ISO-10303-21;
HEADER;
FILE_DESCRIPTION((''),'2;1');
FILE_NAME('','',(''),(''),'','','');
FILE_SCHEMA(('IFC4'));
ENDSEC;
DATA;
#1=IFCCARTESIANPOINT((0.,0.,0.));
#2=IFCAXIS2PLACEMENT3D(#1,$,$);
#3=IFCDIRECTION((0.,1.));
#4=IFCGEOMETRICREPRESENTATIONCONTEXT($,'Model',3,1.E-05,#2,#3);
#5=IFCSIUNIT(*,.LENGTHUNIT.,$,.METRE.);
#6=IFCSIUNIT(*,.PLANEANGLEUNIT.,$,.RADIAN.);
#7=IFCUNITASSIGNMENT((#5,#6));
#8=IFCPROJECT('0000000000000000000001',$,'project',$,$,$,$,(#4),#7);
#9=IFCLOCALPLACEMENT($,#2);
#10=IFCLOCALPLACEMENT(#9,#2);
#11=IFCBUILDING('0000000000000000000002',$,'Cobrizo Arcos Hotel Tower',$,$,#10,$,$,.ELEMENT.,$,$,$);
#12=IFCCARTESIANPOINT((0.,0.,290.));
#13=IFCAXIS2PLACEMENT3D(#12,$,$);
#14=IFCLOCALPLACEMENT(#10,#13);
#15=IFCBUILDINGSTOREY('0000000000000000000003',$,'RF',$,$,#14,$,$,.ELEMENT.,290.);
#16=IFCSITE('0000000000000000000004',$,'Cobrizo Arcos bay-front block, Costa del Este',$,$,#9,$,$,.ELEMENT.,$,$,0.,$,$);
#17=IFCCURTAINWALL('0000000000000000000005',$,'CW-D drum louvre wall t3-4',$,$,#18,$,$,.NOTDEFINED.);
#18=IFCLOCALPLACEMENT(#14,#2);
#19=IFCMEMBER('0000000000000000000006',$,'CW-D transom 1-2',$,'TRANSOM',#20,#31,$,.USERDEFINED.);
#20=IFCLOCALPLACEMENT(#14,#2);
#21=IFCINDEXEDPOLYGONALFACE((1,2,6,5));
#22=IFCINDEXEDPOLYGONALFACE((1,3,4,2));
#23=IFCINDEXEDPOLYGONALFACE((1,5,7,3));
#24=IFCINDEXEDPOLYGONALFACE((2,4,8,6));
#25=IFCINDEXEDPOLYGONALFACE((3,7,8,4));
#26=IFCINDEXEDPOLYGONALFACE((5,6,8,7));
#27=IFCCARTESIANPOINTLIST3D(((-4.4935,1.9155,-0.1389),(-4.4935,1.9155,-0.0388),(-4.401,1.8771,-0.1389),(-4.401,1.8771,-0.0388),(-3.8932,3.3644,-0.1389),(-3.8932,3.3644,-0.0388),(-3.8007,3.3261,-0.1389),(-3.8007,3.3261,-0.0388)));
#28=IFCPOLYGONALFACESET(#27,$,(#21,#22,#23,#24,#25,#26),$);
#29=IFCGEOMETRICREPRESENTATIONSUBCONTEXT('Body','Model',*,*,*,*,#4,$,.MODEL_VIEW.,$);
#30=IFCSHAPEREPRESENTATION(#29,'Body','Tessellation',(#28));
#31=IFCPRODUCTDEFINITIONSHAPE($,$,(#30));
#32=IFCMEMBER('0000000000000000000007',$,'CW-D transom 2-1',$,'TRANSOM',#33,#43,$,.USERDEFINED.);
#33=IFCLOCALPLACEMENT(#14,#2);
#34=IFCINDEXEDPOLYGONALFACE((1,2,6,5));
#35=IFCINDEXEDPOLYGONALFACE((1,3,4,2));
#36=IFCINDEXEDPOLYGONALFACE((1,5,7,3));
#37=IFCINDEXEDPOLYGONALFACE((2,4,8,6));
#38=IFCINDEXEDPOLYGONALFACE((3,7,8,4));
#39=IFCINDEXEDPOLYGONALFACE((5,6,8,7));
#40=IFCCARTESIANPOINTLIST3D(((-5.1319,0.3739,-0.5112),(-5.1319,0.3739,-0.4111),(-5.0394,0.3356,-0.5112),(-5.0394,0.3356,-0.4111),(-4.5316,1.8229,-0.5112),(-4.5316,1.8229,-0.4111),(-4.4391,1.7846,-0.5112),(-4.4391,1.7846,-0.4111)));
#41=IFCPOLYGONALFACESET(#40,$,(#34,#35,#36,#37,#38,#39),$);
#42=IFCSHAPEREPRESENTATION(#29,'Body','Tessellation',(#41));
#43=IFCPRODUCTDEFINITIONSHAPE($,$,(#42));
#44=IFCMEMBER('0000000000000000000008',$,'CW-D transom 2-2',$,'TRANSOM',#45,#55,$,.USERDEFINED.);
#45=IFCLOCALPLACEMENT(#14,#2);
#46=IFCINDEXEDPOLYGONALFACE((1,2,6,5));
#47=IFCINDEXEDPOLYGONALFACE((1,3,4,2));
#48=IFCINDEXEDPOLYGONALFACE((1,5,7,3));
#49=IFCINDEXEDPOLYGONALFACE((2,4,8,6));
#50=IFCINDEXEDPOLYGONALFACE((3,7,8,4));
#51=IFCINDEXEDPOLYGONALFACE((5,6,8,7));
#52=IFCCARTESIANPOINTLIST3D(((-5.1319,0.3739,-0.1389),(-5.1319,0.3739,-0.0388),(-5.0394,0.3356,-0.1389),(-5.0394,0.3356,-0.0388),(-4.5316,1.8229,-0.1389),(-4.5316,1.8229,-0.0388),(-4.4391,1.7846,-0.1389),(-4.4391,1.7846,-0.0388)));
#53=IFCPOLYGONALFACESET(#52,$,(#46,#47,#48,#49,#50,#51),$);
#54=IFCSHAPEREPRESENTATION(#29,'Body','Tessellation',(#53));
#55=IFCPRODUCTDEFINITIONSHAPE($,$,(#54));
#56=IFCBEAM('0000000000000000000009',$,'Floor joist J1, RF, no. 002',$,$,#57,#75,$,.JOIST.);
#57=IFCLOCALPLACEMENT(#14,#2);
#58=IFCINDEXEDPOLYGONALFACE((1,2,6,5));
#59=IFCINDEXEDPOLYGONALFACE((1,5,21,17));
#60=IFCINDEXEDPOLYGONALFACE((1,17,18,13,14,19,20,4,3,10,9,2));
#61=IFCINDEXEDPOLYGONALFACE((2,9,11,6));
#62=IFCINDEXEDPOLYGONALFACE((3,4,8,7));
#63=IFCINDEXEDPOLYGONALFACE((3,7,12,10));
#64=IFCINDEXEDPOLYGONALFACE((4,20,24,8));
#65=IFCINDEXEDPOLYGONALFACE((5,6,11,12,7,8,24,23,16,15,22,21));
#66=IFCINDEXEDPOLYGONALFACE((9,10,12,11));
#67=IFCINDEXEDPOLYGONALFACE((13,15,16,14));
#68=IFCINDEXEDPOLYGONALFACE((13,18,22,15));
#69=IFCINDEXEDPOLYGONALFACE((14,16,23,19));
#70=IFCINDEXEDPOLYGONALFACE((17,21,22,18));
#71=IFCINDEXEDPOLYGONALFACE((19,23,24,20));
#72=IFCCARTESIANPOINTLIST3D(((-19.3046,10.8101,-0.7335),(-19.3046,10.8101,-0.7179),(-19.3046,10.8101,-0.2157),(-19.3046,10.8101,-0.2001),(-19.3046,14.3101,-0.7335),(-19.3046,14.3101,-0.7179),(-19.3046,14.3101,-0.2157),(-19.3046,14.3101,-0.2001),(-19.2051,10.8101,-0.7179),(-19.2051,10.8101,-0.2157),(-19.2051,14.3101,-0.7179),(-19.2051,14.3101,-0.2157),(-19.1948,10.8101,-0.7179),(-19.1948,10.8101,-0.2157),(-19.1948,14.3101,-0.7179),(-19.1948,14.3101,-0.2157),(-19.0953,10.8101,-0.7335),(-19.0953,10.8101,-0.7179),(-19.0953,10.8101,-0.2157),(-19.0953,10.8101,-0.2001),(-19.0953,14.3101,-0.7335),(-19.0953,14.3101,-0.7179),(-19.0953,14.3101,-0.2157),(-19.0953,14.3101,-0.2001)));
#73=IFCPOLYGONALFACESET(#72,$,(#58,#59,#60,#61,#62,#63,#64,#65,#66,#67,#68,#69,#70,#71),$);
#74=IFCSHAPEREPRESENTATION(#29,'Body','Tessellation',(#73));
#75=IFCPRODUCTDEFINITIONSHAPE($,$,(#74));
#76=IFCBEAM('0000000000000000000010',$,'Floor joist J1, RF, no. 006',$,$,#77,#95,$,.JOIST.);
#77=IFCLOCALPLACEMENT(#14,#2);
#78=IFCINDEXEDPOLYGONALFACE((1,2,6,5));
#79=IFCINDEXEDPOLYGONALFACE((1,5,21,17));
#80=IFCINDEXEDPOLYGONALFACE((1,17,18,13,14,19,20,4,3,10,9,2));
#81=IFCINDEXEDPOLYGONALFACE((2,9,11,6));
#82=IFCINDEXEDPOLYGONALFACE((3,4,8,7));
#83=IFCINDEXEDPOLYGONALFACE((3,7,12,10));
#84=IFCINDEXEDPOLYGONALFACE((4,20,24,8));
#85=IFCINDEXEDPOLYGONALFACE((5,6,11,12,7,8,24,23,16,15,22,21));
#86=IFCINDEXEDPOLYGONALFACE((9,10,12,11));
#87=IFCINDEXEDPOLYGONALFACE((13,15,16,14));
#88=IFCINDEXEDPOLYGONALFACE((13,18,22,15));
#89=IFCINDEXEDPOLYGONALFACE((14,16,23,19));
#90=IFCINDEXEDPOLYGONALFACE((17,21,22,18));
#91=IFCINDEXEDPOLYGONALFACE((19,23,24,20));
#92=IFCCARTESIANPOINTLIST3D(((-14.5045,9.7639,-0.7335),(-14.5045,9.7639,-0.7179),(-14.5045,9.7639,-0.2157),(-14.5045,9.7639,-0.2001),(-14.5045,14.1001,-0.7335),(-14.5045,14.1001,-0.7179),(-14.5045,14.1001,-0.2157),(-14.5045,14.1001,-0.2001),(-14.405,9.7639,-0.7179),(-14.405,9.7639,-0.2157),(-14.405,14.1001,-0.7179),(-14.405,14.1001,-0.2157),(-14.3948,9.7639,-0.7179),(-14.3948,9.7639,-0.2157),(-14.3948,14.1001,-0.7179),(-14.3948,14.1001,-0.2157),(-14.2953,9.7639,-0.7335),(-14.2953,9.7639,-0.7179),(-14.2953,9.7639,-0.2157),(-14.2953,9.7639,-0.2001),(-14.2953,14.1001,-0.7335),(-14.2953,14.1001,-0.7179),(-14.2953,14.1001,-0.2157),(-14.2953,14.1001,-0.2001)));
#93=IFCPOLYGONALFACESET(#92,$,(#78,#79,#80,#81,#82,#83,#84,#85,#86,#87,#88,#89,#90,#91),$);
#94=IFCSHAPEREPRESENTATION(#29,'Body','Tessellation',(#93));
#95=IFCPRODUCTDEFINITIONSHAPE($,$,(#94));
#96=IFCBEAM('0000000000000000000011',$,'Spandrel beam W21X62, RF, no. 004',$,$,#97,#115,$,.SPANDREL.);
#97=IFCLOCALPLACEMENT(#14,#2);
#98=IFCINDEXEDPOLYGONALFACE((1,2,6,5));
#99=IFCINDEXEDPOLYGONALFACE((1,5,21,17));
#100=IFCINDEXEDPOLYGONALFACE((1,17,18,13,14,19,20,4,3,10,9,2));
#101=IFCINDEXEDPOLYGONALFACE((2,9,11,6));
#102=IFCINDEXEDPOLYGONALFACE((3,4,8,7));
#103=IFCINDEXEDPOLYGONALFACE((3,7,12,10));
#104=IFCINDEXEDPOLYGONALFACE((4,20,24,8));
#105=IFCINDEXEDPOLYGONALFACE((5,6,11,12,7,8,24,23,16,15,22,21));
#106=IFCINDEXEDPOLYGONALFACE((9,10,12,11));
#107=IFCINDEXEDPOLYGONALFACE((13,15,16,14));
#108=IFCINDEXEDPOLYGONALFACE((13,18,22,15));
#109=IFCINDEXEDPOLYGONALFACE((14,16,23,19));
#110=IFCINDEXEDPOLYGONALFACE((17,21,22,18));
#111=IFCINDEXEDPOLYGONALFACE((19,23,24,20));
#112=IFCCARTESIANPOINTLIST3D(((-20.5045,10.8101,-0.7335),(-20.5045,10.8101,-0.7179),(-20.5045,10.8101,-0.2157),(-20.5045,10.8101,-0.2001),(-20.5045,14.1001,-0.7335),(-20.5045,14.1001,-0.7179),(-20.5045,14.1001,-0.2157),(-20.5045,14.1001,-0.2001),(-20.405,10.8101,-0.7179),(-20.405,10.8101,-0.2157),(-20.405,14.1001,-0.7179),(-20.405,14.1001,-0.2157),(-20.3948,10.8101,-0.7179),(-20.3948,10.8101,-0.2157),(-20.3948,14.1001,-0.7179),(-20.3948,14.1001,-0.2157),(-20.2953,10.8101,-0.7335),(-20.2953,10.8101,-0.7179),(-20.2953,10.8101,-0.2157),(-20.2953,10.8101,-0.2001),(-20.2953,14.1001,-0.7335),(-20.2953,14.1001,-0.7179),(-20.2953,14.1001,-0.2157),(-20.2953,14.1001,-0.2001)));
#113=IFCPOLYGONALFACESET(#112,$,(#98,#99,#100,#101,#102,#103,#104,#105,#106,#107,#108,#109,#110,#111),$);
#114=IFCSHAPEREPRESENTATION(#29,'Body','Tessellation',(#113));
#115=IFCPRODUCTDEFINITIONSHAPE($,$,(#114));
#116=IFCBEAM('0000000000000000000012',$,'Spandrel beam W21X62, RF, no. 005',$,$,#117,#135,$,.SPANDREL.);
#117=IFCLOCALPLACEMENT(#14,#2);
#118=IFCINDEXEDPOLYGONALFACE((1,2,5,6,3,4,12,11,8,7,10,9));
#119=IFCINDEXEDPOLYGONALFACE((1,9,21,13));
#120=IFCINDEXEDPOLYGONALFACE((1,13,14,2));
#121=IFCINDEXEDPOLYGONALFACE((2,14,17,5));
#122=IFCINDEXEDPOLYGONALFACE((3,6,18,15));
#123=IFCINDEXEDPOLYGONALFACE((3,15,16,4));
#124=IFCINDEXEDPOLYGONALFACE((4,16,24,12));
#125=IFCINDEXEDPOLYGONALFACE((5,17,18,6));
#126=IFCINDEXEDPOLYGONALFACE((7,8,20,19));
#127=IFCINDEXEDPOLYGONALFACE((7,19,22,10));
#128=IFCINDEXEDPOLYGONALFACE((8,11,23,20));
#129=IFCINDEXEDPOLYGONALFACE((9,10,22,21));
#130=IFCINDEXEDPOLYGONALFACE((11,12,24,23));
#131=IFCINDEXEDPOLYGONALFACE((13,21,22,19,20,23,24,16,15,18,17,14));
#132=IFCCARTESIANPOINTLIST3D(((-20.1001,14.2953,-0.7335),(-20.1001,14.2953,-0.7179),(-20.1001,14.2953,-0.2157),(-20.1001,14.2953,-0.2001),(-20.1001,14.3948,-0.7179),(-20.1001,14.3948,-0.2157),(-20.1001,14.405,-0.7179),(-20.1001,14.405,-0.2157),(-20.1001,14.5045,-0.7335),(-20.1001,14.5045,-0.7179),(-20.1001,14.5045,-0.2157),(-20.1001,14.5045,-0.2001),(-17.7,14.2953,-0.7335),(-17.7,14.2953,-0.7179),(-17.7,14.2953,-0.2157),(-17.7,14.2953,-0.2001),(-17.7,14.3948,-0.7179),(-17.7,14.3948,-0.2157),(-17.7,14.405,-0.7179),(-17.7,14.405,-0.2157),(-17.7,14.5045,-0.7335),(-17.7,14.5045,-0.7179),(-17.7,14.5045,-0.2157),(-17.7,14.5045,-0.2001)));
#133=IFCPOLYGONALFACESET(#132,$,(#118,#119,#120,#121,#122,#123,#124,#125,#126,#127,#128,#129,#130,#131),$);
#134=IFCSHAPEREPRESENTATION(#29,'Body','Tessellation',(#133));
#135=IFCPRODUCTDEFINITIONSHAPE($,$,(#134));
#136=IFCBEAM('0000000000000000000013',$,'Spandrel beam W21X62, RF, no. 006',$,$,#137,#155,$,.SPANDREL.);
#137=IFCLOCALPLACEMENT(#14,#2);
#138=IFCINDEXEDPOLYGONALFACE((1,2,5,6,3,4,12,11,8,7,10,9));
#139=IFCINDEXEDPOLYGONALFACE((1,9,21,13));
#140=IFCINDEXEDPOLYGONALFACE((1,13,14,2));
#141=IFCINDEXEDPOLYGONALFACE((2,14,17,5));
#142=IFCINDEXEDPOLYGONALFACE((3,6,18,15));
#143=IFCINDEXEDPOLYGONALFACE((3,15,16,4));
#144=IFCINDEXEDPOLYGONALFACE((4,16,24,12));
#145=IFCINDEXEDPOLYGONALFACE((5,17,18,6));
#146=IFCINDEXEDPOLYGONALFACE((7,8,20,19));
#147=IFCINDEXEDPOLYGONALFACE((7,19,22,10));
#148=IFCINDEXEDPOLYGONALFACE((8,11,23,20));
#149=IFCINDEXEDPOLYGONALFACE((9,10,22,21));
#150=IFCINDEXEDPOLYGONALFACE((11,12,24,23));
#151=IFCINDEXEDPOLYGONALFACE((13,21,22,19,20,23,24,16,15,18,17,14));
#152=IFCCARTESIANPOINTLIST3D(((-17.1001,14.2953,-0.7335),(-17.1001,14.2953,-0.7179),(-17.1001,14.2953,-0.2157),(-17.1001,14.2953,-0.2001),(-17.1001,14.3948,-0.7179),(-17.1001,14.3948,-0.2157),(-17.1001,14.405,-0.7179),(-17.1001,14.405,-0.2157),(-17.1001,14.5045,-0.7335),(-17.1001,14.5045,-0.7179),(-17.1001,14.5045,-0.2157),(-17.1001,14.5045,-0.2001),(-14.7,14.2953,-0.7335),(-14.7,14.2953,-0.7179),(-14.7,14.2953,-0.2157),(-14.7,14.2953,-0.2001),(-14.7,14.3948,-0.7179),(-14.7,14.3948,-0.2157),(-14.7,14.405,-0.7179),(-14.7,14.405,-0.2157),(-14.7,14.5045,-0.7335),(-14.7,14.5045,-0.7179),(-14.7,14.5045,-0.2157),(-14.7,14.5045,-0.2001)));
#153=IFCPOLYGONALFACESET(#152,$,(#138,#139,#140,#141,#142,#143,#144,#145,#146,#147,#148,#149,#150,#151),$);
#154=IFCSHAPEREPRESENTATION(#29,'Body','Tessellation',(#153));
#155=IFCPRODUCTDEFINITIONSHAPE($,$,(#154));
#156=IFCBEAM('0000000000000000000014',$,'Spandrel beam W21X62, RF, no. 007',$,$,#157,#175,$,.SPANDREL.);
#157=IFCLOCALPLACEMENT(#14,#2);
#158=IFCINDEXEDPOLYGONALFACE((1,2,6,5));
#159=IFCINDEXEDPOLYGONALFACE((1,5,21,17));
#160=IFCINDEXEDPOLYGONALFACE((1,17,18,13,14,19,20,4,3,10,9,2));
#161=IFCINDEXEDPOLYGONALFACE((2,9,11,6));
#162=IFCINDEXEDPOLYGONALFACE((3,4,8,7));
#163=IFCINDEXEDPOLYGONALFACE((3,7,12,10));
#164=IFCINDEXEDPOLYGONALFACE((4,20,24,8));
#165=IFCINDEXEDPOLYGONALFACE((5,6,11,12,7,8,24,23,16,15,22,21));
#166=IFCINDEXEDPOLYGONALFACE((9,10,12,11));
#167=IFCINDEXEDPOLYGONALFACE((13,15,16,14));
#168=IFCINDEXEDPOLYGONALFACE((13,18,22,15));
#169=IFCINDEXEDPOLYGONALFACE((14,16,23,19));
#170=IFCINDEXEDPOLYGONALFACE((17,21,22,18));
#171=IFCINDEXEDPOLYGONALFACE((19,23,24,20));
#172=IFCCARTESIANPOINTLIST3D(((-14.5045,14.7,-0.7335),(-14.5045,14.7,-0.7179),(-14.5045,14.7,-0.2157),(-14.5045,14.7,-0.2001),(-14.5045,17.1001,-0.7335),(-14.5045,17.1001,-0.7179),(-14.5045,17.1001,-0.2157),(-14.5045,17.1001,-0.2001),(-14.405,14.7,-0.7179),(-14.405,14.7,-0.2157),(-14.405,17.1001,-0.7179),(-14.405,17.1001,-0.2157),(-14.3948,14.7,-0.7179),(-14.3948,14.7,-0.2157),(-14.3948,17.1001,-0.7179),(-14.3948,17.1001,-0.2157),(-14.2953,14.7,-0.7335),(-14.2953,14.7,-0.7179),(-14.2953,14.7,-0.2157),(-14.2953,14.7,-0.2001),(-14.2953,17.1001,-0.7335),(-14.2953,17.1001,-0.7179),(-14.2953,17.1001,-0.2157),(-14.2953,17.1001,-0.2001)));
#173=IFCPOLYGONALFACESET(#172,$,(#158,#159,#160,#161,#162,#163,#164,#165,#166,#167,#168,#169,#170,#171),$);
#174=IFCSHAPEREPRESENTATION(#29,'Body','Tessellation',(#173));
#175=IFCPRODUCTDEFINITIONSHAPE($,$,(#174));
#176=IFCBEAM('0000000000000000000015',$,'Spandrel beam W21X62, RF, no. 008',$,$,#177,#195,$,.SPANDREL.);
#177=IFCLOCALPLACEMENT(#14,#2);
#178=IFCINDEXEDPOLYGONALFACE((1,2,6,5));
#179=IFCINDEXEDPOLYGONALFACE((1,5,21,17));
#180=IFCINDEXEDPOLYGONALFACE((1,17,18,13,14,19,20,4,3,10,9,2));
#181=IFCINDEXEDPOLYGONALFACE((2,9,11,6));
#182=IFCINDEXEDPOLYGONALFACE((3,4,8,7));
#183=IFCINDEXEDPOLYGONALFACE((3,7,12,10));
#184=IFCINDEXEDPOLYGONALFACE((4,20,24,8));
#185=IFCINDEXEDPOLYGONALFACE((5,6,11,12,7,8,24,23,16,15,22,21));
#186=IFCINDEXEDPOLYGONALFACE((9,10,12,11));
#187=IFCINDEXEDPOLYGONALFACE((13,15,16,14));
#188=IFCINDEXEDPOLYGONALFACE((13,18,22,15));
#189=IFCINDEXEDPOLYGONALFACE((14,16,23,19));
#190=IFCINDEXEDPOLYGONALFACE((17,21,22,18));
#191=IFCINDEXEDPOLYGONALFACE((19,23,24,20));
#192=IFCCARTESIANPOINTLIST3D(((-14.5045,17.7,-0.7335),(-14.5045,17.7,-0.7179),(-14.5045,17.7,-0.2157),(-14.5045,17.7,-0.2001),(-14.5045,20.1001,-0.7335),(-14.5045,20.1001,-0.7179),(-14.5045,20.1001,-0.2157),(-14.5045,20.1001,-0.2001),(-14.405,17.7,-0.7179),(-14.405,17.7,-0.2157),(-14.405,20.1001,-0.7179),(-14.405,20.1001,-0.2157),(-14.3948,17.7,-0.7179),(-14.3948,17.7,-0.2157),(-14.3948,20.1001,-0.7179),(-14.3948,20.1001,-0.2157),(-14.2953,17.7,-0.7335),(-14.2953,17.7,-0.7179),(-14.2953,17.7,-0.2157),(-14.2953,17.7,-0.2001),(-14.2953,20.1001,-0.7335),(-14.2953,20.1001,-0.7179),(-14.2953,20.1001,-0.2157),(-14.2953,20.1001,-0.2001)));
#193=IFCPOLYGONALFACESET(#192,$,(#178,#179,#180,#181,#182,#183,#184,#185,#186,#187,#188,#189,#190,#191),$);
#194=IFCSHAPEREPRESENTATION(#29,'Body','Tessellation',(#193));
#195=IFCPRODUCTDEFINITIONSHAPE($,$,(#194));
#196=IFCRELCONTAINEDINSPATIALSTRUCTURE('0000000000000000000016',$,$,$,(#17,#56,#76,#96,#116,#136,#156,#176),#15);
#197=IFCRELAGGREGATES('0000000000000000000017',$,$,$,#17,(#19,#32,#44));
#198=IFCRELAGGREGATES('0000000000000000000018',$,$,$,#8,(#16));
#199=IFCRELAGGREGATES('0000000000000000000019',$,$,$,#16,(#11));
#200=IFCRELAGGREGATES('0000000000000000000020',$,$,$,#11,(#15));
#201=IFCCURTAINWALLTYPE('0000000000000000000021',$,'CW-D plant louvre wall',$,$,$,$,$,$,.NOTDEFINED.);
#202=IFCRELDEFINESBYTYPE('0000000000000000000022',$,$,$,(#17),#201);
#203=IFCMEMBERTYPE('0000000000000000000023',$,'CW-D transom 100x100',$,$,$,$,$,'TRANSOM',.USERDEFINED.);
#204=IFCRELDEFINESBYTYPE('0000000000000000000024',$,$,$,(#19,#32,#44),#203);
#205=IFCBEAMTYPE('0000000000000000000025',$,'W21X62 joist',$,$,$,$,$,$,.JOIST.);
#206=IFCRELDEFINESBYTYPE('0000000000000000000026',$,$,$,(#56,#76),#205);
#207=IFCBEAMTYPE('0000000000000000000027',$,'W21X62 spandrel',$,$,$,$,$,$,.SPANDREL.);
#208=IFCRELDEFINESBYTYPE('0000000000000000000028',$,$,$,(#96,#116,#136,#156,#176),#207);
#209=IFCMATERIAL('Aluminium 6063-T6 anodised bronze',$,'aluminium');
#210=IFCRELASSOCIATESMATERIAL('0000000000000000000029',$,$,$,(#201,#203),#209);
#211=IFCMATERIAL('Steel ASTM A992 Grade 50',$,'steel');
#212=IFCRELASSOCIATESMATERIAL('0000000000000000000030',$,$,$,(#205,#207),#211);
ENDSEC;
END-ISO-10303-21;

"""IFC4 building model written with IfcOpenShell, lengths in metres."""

from ifc_helpers import new_model, si_unit, direction, frame, origin, origin_2d, place, context, subcontext, project, spatial, rectangle, i_section, extrude, material, material_profile, profile_set, type_object, element, aggregate, save


model = new_model("IFC4")

# Units and contexts
model_context = context("Model", 3, precision=1e-05, world=origin(), true_north=direction((0.0, 1.0)))
body_context = subcontext(model_context, "Body", "Model", "MODEL_VIEW")
ifc_project = project(units=[si_unit("LENGTHUNIT", "METRE"), si_unit("PLANEANGLEUNIT", "RADIAN")], contexts=[model_context])

# Site, building, storey
site_placement = place(None, origin())
site = spatial("IfcSite", under=ifc_project, at=site_placement, Name="Cobrizo Arcos bay-front block, Costa del Este", CompositionType="ELEMENT", RefElevation=0.0)
building_placement = place(site_placement, origin())
building = spatial("IfcBuilding", under=site, at=building_placement, Name="Cobrizo Arcos Hotel Tower", CompositionType="ELEMENT")
storey_placement = place(building_placement, frame((0.0, 0.0, 290.0)))
storey = spatial("IfcBuildingStorey", under=building, at=storey_placement, Name="RF", CompositionType="ELEMENT", Elevation=290.0)

# Curtain wall, members
ifc_material_1 = material(Name="Aluminium 6063-T6 anodised bronze", Category="aluminium")
curtain_wall_type = type_object("IfcCurtainWallType", Name="CW-D plant louvre wall", PredefinedType="NOTDEFINED", material=ifc_material_1)
ifc_material_profile_1 = material_profile(ifc_material_1, rectangle(XDim=0.1001, YDim=0.1001, at=origin_2d()), Name="CW-D transom 100x100")
ifc_profile_set_1 = profile_set([ifc_material_profile_1], Name="Aluminium 6063-T6 anodised bronze")
member_type = type_object("IfcMemberType", Name="CW-D transom 100x100", ElementType="TRANSOM", PredefinedType="USERDEFINED", material=ifc_profile_set_1)
curtain_wall_1_placement = place(storey_placement, origin())
curtain_wall_1 = element("IfcCurtainWall", 1, at=curtain_wall_1_placement, inside=storey, type_object=curtain_wall_type, Name="CW-D drum louvre wall t3-4", PredefinedType="NOTDEFINED")
member_1_placement = place(storey_placement, frame((-3.8469, 3.3452, -0.0889), z_axis=(-0.382769, -0.923844, 0.0), x_axis=(0.923844, -0.382769, 0.0)))
member_1 = element("IfcMember", 2, at=member_1_placement, type_object=member_type, Name="CW-D transom 1-2", ObjectType="TRANSOM", PredefinedType="USERDEFINED", context=body_context, shape_type="SweptSolid", body=[
    extrude(rectangle(XDim=0.1001, YDim=0.1001, at=origin_2d()), origin(), (0.0, 0.0, 1.0), 1.5684),
])
member_2_placement = place(storey_placement, frame((-4.4854, 1.8037, -0.4612), z_axis=(-0.382769, -0.923844, 0.0), x_axis=(0.923844, -0.382769, 0.0)))
member_2 = element("IfcMember", 3, at=member_2_placement, type_object=member_type, Name="CW-D transom 2-1", ObjectType="TRANSOM", PredefinedType="USERDEFINED", context=body_context, shape_type="SweptSolid", body=[
    extrude(rectangle(XDim=0.1001, YDim=0.1001, at=origin_2d()), origin(), (0.0, 0.0, 1.0), 1.5684),
])
member_3_placement = place(storey_placement, frame((-4.4854, 1.8037, -0.0889), z_axis=(-0.382769, -0.923844, 0.0), x_axis=(0.923844, -0.382769, 0.0)))
member_3 = element("IfcMember", 4, at=member_3_placement, type_object=member_type, Name="CW-D transom 2-2", ObjectType="TRANSOM", PredefinedType="USERDEFINED", context=body_context, shape_type="SweptSolid", body=[
    extrude(rectangle(XDim=0.1001, YDim=0.1001, at=origin_2d()), origin(), (0.0, 0.0, 1.0), 1.5684),
])

# Beams
ifc_material_2 = material(Name="Steel ASTM A992 Grade 50", Category="steel")
ifc_material_profile_2 = material_profile(ifc_material_2, i_section(OverallWidth=0.2092, OverallDepth=0.5334, WebThickness=0.0103, FlangeThickness=0.0156, at=origin_2d()), Name="W21X62")
ifc_profile_set_2 = profile_set([ifc_material_profile_2], Name="Steel ASTM A992 Grade 50")
beam_type_1 = type_object("IfcBeamType", Name="W21X62 joist", PredefinedType="JOIST", material=ifc_profile_set_2)
beam_1_placement = place(storey_placement, frame((-19.2, 10.8101, -0.4668), z_axis=(0.0, 1.0, 0.0), x_axis=(-1.0, 0.0, 0.0)))
element("IfcBeam", 5, at=beam_1_placement, inside=storey, type_object=beam_type_1, Name="Floor joist J1, RF, no. 002", PredefinedType="JOIST", context=body_context, shape_type="SweptSolid", body=[
    extrude(i_section(OverallWidth=0.2092, OverallDepth=0.5334, WebThickness=0.0103, FlangeThickness=0.0156, at=origin_2d()), origin(), (0.0, 0.0, 1.0), 3.5),
])
beam_2_placement = place(storey_placement, frame((-14.3999, 9.7639, -0.4668), z_axis=(0.0, 1.0, 0.0), x_axis=(-1.0, 0.0, 0.0)))
element("IfcBeam", 6, at=beam_2_placement, inside=storey, type_object=beam_type_1, Name="Floor joist J1, RF, no. 006", PredefinedType="JOIST", context=body_context, shape_type="SweptSolid", body=[
    extrude(i_section(OverallWidth=0.2092, OverallDepth=0.5334, WebThickness=0.0103, FlangeThickness=0.0156, at=origin_2d()), origin(), (0.0, 0.0, 1.0), 4.3362),
])
ifc_material_profile_3 = material_profile(ifc_material_2, i_section(OverallWidth=0.2092, OverallDepth=0.5334, WebThickness=0.0103, FlangeThickness=0.0156, at=origin_2d()), Name="W21X62")
ifc_profile_set_3 = profile_set([ifc_material_profile_3], Name="Steel ASTM A992 Grade 50")
beam_type_2 = type_object("IfcBeamType", Name="W21X62 spandrel", PredefinedType="SPANDREL", material=ifc_profile_set_3)
beam_3_placement = place(storey_placement, frame((-20.3999, 10.8101, -0.4668), z_axis=(0.0, 1.0, 0.0), x_axis=(-1.0, 0.0, 0.0)))
element("IfcBeam", 7, at=beam_3_placement, inside=storey, type_object=beam_type_2, Name="Spandrel beam W21X62, RF, no. 004", PredefinedType="SPANDREL", context=body_context, shape_type="SweptSolid", body=[
    extrude(i_section(OverallWidth=0.2092, OverallDepth=0.5334, WebThickness=0.0103, FlangeThickness=0.0156, at=origin_2d()), origin(), (0.0, 0.0, 1.0), 3.29),
])
for number, where, z_axis, x_axis, name in (
    (8, (-20.1001, 14.3999, -0.4668), (1.0, 0.0, 0.0), (0.0, 1.0, 0.0), "Spandrel beam W21X62, RF, no. 005"),
    (9, (-17.1001, 14.3999, -0.4668), (1.0, 0.0, 0.0), (0.0, 1.0, 0.0), "Spandrel beam W21X62, RF, no. 006"),
    (10, (-14.3999, 14.7, -0.4668), (0.0, 1.0, 0.0), (-1.0, 0.0, 0.0), "Spandrel beam W21X62, RF, no. 007"),
    (11, (-14.3999, 17.7, -0.4668), (0.0, 1.0, 0.0), (-1.0, 0.0, 0.0), "Spandrel beam W21X62, RF, no. 008"),
):
    element("IfcBeam", number, at=place(storey_placement, frame(where, z_axis=z_axis, x_axis=x_axis)), inside=storey, type_object=beam_type_2, Name=name, PredefinedType="SPANDREL", context=body_context, shape_type="SweptSolid", body=[
        extrude(i_section(OverallWidth=0.2092, OverallDepth=0.5334, WebThickness=0.0103, FlangeThickness=0.0156, at=origin_2d()), origin(), (0.0, 0.0, 1.0), 2.4001),
    ])

aggregate(curtain_wall_1, [member_1, member_2, member_3])

save(model, "model.ifc")
